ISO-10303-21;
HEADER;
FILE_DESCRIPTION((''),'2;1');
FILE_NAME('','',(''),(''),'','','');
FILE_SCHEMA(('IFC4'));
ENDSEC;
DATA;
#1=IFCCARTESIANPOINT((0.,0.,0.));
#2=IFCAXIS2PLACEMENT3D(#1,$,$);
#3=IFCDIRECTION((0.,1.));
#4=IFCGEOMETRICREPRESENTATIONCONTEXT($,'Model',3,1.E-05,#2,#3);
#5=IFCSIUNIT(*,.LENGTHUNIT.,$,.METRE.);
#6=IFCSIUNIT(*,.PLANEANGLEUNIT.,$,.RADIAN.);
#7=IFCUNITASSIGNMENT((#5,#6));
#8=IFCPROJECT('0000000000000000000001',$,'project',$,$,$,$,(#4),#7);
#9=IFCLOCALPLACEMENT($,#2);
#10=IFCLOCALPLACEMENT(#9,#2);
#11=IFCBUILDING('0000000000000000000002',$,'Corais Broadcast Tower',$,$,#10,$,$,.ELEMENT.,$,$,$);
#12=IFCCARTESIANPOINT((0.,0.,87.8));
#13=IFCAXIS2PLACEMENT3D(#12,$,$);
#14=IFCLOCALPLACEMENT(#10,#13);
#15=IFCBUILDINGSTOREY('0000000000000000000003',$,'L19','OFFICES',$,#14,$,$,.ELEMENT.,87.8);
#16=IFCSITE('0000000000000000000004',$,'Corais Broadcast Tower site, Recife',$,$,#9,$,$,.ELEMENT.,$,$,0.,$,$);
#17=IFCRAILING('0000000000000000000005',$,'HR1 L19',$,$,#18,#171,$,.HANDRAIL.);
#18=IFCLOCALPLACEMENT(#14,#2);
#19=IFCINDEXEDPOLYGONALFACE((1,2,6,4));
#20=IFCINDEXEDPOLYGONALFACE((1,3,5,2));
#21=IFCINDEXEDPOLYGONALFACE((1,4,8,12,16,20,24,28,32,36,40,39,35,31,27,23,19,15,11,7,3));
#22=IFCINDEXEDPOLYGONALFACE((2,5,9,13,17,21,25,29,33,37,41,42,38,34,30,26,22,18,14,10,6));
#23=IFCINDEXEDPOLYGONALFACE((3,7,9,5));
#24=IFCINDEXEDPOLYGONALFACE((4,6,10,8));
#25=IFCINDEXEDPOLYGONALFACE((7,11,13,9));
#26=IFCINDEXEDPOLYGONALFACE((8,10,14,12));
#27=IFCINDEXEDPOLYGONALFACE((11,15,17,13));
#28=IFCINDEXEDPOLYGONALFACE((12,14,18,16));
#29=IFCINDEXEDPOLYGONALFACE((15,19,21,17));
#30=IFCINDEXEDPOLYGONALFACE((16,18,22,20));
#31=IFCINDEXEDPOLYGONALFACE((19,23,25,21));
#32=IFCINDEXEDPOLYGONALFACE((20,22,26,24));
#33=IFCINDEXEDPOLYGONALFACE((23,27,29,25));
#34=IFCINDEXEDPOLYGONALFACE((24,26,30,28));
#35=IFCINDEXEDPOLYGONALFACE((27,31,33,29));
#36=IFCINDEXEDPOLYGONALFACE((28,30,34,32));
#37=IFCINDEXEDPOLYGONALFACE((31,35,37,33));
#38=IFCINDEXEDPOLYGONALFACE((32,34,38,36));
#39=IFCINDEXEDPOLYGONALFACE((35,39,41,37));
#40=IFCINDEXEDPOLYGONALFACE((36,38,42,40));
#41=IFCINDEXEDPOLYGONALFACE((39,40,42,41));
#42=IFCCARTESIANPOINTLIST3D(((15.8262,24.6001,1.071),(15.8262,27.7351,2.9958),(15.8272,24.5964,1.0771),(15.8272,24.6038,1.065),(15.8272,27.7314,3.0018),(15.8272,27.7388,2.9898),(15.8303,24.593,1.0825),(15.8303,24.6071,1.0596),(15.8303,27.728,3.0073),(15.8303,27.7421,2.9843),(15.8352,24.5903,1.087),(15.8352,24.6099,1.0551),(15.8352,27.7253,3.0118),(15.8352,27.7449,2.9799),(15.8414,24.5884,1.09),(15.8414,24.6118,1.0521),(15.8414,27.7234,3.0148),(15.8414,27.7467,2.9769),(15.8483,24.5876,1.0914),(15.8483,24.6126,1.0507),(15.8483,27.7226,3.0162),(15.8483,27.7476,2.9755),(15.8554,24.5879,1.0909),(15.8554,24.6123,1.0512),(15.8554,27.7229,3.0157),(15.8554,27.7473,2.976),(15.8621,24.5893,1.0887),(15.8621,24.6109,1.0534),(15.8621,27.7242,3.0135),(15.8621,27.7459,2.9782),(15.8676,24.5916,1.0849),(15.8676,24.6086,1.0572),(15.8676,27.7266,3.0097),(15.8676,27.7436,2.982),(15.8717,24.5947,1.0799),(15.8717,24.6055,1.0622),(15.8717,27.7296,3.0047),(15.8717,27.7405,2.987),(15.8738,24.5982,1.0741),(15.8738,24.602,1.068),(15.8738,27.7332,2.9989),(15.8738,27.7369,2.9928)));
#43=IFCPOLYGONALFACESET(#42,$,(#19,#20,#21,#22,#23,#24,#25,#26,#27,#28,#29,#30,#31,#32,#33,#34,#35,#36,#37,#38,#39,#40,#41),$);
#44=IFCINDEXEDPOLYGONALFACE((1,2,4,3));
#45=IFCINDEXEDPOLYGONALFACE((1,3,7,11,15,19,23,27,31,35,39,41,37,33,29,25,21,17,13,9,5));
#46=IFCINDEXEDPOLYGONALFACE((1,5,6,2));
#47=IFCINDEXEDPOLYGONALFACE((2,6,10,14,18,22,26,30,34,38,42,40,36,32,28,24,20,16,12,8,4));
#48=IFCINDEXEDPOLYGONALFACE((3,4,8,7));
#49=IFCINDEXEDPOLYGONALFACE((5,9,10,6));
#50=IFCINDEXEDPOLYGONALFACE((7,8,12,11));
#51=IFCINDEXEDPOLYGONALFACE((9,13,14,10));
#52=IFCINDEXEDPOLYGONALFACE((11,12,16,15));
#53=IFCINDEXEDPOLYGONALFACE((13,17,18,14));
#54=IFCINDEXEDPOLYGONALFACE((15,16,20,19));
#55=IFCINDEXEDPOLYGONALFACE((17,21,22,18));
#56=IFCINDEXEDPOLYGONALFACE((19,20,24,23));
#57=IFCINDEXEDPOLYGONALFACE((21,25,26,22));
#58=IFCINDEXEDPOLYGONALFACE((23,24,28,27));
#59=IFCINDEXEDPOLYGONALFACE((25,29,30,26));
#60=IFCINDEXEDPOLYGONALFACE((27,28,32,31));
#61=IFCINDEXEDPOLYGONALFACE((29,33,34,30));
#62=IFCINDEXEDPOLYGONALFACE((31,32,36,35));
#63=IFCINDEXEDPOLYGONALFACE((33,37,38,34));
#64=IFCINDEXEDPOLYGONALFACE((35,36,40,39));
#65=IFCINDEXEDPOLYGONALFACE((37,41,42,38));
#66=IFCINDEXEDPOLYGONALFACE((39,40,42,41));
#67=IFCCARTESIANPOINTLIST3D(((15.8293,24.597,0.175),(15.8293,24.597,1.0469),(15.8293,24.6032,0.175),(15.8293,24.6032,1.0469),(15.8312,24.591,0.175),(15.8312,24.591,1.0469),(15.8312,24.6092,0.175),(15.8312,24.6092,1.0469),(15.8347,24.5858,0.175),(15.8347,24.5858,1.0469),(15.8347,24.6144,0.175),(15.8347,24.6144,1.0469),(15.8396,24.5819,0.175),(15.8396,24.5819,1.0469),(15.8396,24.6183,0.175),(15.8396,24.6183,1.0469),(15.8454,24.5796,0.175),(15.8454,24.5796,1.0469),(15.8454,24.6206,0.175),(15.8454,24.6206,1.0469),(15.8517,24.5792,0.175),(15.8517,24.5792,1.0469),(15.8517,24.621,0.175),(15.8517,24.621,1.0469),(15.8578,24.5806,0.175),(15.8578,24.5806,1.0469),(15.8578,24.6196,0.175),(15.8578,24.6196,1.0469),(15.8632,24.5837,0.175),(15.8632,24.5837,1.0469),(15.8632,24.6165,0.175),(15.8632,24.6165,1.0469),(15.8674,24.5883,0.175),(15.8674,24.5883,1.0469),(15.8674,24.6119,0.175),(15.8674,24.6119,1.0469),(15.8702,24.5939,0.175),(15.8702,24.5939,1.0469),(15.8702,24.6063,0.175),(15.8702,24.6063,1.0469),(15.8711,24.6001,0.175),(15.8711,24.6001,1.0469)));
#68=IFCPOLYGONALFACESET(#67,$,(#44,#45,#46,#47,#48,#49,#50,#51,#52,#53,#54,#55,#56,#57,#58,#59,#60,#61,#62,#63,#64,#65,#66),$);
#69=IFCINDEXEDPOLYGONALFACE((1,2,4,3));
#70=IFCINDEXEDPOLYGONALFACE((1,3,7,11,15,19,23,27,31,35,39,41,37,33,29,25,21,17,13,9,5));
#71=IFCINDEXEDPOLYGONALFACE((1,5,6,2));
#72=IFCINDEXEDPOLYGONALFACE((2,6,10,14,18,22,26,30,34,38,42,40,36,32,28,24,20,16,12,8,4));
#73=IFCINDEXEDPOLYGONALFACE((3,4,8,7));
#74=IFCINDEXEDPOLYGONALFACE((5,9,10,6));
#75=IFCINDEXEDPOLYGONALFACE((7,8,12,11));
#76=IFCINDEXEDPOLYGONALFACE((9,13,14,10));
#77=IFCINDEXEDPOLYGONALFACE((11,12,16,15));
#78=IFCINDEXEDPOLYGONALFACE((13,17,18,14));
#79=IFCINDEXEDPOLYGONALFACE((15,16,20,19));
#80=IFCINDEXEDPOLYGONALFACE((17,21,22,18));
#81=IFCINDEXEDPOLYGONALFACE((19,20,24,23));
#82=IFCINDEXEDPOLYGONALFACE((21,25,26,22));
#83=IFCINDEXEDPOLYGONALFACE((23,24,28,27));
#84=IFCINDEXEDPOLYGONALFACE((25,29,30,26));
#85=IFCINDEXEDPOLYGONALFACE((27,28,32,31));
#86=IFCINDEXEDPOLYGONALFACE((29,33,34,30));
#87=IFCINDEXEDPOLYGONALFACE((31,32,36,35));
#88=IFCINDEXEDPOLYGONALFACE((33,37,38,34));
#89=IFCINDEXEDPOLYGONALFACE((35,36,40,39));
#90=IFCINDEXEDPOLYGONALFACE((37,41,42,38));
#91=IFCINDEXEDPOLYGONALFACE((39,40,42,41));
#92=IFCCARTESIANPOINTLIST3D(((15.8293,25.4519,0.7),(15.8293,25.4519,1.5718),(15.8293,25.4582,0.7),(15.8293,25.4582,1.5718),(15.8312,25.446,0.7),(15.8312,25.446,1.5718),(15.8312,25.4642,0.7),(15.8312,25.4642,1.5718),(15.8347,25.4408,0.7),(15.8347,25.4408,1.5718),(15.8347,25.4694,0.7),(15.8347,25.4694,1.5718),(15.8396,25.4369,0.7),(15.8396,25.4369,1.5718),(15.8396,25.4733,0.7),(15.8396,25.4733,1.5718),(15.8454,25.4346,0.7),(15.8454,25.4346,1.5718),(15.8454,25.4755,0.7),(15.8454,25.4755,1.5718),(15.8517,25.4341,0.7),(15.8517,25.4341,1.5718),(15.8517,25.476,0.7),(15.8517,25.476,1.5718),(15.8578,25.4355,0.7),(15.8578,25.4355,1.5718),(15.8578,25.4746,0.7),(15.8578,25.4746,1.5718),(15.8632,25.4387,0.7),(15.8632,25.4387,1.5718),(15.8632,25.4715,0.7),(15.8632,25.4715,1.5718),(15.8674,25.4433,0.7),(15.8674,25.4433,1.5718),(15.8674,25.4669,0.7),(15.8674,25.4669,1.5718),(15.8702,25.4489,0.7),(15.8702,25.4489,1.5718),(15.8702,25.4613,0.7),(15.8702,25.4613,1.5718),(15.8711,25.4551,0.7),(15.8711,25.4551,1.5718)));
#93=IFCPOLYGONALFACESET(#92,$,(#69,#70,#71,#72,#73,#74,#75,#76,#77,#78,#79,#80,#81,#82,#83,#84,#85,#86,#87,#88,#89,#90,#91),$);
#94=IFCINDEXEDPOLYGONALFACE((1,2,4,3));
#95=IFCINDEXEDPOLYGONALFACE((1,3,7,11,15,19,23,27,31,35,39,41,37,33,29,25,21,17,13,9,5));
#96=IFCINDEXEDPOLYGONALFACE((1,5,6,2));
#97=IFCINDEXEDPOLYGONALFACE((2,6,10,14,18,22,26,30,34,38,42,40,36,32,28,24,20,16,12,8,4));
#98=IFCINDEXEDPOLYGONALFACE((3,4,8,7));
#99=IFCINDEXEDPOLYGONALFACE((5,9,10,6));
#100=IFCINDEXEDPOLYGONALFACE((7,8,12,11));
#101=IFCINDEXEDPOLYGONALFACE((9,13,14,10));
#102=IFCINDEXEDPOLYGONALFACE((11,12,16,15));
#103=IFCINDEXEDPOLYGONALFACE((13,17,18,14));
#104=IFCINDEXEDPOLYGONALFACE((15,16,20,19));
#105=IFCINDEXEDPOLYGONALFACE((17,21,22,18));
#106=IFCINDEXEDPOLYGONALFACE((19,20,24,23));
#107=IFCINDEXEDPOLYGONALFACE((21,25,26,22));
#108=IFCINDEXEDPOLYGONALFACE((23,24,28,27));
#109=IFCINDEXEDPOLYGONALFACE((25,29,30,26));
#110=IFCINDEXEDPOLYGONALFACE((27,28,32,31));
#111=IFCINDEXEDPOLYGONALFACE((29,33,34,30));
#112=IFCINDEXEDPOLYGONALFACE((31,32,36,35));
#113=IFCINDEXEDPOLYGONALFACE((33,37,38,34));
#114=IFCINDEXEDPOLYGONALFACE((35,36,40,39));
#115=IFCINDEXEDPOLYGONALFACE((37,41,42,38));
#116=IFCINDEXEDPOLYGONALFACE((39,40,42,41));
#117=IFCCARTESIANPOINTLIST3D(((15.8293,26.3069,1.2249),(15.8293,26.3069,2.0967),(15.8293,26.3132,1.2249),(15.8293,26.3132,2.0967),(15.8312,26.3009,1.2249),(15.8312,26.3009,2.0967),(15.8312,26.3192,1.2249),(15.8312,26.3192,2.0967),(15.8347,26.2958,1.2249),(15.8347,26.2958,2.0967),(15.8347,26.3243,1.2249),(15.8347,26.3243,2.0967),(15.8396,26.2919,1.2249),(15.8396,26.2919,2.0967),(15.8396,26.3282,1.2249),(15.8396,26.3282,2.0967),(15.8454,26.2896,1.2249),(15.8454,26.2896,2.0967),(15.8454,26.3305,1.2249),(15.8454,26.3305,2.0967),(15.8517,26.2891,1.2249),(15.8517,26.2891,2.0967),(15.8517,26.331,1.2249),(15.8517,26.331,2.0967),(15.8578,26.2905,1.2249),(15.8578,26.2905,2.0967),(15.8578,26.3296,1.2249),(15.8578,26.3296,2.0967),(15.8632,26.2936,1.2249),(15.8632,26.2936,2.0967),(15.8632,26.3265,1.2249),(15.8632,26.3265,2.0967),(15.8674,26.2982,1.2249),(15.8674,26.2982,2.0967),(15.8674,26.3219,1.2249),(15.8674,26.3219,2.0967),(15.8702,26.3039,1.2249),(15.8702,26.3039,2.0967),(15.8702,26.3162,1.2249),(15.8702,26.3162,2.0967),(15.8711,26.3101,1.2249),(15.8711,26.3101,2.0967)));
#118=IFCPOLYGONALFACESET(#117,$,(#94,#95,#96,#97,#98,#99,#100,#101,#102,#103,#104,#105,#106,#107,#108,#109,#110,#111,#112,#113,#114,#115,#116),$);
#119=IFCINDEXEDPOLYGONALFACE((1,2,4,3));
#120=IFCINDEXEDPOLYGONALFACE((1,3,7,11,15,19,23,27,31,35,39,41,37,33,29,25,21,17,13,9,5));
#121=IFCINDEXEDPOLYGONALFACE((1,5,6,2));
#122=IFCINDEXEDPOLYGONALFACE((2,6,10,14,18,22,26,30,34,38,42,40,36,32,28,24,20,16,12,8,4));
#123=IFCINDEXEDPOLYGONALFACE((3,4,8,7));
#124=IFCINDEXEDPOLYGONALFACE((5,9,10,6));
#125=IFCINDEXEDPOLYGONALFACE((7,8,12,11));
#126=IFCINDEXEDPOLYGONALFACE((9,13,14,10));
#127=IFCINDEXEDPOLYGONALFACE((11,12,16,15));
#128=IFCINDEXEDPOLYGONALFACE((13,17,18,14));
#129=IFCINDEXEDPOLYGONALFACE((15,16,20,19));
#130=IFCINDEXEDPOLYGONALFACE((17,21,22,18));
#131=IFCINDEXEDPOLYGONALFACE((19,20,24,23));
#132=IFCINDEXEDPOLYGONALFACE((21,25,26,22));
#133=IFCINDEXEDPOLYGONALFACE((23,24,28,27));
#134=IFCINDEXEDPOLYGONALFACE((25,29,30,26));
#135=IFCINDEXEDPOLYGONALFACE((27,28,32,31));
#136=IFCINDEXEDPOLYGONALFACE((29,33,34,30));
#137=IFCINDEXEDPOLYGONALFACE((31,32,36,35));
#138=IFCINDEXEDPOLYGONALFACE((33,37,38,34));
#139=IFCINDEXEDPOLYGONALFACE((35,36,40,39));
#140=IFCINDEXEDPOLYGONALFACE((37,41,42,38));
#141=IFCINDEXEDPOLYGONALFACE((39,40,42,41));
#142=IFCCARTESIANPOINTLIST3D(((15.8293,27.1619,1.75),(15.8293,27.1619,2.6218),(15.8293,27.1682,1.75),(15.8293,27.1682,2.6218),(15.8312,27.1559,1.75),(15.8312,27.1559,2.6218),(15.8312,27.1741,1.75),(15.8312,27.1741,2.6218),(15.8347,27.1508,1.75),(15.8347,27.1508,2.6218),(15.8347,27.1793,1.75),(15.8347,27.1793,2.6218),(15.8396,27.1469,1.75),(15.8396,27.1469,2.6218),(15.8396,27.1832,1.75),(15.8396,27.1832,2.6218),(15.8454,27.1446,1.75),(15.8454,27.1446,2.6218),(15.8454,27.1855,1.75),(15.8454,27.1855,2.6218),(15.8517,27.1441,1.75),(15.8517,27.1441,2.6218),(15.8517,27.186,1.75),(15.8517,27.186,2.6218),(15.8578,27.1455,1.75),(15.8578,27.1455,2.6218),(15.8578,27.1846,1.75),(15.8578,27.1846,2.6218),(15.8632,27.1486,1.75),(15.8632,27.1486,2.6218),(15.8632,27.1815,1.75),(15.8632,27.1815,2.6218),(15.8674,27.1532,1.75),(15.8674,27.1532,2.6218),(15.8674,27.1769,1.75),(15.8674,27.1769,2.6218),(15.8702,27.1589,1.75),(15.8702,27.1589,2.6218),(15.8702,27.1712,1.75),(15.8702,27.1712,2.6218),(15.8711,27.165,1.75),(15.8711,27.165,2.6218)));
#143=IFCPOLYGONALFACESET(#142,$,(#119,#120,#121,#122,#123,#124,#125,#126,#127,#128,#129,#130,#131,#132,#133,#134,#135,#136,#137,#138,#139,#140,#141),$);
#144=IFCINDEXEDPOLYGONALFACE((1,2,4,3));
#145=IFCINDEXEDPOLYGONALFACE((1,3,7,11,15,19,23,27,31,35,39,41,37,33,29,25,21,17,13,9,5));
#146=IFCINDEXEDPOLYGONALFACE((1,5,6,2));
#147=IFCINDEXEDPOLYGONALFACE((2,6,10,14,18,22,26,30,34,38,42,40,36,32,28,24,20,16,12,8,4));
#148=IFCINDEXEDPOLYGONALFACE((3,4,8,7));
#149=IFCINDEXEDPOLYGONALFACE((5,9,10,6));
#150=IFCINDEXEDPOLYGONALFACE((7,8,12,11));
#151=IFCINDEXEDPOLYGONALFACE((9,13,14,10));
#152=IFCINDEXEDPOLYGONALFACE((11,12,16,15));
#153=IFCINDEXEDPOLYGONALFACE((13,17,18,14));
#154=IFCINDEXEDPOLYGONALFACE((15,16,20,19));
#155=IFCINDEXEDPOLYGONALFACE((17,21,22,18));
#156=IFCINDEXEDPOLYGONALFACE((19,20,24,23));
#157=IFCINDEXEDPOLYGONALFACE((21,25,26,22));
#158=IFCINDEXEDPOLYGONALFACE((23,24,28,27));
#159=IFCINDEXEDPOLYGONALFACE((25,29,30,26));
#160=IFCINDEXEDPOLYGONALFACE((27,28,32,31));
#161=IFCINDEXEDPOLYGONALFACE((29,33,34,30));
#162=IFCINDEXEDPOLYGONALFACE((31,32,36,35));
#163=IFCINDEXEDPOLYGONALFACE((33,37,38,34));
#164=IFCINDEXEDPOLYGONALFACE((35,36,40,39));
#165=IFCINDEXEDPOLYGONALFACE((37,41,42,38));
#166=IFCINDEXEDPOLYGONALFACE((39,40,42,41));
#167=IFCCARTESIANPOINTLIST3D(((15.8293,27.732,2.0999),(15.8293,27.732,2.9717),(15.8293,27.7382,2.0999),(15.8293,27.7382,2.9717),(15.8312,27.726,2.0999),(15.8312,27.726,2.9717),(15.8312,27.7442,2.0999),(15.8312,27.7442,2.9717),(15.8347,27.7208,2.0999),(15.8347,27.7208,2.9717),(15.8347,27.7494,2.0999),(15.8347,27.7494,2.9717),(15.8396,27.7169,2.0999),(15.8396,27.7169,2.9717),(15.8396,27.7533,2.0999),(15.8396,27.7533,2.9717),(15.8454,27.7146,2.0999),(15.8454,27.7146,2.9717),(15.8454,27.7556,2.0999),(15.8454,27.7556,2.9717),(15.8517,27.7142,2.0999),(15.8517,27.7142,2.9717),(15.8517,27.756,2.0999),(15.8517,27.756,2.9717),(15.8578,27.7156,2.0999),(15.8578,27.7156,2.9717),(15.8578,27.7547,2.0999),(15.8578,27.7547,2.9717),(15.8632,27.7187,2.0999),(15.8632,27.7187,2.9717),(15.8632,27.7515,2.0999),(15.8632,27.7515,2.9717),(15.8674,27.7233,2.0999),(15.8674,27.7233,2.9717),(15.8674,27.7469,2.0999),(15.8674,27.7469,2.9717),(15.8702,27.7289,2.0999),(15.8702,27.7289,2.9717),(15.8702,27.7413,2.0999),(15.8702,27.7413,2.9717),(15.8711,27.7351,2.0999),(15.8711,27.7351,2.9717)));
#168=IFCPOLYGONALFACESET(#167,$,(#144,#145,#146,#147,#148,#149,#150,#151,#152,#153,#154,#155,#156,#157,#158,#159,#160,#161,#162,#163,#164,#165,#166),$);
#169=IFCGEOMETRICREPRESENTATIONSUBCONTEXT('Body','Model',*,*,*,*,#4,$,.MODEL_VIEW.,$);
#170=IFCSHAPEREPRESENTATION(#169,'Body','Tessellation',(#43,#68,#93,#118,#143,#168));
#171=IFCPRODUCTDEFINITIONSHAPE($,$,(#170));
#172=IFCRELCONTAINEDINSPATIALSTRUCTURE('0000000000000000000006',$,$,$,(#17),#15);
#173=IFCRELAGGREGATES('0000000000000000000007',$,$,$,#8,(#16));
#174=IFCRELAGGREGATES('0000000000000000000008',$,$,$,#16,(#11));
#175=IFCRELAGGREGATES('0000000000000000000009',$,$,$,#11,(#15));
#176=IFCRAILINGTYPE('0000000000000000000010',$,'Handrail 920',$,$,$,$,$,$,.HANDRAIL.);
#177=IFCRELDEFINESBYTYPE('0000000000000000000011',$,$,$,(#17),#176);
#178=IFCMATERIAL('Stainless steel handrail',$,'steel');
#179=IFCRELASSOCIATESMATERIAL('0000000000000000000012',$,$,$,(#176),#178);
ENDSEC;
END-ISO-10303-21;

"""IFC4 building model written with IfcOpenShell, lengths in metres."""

from ifc_helpers import new_model, si_unit, direction, frame, origin, origin_2d, place, context, subcontext, project, spatial, circle, extrude, material, type_object, element, save


model = new_model("IFC4")

# Units and contexts
model_context = context("Model", 3, precision=1e-05, world=origin(), true_north=direction((0.0, 1.0)))
body_context = subcontext(model_context, "Body", "Model", "MODEL_VIEW")
ifc_project = project(units=[si_unit("LENGTHUNIT", "METRE"), si_unit("PLANEANGLEUNIT", "RADIAN")], contexts=[model_context])

# Site, building, storey
site_placement = place(None, origin())
site = spatial("IfcSite", under=ifc_project, at=site_placement, Name="Corais Broadcast Tower site, Recife", CompositionType="ELEMENT", RefElevation=0.0)
building_placement = place(site_placement, origin())
building = spatial("IfcBuilding", under=site, at=building_placement, Name="Corais Broadcast Tower", CompositionType="ELEMENT")
storey_placement = place(building_placement, frame((0.0, 0.0, 87.8)))
storey = spatial("IfcBuildingStorey", under=building, at=storey_placement, Name="L19", Description="OFFICES", CompositionType="ELEMENT", Elevation=87.8)

# Railing
ifc_material_1 = material(Name="Stainless steel handrail", Category="steel")
railing_type = type_object("IfcRailingType", Name="Handrail 920", PredefinedType="HANDRAIL", material=ifc_material_1)
for number, where, name in (
    (1, (15.8501, 24.6001, 0.175), "HR1 L19"),
):
    element("IfcRailing", number, at=place(storey_placement, frame(where)), inside=storey, type_object=railing_type, Name=name, PredefinedType="HANDRAIL", context=body_context, shape_type="SweptSolid", body=[
        extrude(circle(Radius=0.0239, at=origin_2d()), frame((0.0, 0.0, 0.896), z_axis=(0.0, 0.852196, 0.523223), x_axis=(-1.0, 0.0, 0.0)), (0.0, 0.0, 1.0), 3.6787),
        extrude(circle(Radius=0.021, at=origin_2d()), origin(), (0.0, 0.0, 1.0), 0.8718),
        extrude(circle(Radius=0.021, at=origin_2d()), frame((0.0, 0.855, 0.5249)), (0.0, 0.0, 1.0), 0.8718),
        extrude(circle(Radius=0.021, at=origin_2d()), frame((0.0, 1.71, 1.0498)), (0.0, 0.0, 1.0), 0.8718),
        extrude(circle(Radius=0.021, at=origin_2d()), frame((0.0, 2.5649, 1.575)), (0.0, 0.0, 1.0), 0.8718),
        extrude(circle(Radius=0.021, at=origin_2d()), frame((0.0, 3.135, 1.9248)), (0.0, 0.0, 1.0), 0.8718),
    ])

save(model, "model.ifc")
